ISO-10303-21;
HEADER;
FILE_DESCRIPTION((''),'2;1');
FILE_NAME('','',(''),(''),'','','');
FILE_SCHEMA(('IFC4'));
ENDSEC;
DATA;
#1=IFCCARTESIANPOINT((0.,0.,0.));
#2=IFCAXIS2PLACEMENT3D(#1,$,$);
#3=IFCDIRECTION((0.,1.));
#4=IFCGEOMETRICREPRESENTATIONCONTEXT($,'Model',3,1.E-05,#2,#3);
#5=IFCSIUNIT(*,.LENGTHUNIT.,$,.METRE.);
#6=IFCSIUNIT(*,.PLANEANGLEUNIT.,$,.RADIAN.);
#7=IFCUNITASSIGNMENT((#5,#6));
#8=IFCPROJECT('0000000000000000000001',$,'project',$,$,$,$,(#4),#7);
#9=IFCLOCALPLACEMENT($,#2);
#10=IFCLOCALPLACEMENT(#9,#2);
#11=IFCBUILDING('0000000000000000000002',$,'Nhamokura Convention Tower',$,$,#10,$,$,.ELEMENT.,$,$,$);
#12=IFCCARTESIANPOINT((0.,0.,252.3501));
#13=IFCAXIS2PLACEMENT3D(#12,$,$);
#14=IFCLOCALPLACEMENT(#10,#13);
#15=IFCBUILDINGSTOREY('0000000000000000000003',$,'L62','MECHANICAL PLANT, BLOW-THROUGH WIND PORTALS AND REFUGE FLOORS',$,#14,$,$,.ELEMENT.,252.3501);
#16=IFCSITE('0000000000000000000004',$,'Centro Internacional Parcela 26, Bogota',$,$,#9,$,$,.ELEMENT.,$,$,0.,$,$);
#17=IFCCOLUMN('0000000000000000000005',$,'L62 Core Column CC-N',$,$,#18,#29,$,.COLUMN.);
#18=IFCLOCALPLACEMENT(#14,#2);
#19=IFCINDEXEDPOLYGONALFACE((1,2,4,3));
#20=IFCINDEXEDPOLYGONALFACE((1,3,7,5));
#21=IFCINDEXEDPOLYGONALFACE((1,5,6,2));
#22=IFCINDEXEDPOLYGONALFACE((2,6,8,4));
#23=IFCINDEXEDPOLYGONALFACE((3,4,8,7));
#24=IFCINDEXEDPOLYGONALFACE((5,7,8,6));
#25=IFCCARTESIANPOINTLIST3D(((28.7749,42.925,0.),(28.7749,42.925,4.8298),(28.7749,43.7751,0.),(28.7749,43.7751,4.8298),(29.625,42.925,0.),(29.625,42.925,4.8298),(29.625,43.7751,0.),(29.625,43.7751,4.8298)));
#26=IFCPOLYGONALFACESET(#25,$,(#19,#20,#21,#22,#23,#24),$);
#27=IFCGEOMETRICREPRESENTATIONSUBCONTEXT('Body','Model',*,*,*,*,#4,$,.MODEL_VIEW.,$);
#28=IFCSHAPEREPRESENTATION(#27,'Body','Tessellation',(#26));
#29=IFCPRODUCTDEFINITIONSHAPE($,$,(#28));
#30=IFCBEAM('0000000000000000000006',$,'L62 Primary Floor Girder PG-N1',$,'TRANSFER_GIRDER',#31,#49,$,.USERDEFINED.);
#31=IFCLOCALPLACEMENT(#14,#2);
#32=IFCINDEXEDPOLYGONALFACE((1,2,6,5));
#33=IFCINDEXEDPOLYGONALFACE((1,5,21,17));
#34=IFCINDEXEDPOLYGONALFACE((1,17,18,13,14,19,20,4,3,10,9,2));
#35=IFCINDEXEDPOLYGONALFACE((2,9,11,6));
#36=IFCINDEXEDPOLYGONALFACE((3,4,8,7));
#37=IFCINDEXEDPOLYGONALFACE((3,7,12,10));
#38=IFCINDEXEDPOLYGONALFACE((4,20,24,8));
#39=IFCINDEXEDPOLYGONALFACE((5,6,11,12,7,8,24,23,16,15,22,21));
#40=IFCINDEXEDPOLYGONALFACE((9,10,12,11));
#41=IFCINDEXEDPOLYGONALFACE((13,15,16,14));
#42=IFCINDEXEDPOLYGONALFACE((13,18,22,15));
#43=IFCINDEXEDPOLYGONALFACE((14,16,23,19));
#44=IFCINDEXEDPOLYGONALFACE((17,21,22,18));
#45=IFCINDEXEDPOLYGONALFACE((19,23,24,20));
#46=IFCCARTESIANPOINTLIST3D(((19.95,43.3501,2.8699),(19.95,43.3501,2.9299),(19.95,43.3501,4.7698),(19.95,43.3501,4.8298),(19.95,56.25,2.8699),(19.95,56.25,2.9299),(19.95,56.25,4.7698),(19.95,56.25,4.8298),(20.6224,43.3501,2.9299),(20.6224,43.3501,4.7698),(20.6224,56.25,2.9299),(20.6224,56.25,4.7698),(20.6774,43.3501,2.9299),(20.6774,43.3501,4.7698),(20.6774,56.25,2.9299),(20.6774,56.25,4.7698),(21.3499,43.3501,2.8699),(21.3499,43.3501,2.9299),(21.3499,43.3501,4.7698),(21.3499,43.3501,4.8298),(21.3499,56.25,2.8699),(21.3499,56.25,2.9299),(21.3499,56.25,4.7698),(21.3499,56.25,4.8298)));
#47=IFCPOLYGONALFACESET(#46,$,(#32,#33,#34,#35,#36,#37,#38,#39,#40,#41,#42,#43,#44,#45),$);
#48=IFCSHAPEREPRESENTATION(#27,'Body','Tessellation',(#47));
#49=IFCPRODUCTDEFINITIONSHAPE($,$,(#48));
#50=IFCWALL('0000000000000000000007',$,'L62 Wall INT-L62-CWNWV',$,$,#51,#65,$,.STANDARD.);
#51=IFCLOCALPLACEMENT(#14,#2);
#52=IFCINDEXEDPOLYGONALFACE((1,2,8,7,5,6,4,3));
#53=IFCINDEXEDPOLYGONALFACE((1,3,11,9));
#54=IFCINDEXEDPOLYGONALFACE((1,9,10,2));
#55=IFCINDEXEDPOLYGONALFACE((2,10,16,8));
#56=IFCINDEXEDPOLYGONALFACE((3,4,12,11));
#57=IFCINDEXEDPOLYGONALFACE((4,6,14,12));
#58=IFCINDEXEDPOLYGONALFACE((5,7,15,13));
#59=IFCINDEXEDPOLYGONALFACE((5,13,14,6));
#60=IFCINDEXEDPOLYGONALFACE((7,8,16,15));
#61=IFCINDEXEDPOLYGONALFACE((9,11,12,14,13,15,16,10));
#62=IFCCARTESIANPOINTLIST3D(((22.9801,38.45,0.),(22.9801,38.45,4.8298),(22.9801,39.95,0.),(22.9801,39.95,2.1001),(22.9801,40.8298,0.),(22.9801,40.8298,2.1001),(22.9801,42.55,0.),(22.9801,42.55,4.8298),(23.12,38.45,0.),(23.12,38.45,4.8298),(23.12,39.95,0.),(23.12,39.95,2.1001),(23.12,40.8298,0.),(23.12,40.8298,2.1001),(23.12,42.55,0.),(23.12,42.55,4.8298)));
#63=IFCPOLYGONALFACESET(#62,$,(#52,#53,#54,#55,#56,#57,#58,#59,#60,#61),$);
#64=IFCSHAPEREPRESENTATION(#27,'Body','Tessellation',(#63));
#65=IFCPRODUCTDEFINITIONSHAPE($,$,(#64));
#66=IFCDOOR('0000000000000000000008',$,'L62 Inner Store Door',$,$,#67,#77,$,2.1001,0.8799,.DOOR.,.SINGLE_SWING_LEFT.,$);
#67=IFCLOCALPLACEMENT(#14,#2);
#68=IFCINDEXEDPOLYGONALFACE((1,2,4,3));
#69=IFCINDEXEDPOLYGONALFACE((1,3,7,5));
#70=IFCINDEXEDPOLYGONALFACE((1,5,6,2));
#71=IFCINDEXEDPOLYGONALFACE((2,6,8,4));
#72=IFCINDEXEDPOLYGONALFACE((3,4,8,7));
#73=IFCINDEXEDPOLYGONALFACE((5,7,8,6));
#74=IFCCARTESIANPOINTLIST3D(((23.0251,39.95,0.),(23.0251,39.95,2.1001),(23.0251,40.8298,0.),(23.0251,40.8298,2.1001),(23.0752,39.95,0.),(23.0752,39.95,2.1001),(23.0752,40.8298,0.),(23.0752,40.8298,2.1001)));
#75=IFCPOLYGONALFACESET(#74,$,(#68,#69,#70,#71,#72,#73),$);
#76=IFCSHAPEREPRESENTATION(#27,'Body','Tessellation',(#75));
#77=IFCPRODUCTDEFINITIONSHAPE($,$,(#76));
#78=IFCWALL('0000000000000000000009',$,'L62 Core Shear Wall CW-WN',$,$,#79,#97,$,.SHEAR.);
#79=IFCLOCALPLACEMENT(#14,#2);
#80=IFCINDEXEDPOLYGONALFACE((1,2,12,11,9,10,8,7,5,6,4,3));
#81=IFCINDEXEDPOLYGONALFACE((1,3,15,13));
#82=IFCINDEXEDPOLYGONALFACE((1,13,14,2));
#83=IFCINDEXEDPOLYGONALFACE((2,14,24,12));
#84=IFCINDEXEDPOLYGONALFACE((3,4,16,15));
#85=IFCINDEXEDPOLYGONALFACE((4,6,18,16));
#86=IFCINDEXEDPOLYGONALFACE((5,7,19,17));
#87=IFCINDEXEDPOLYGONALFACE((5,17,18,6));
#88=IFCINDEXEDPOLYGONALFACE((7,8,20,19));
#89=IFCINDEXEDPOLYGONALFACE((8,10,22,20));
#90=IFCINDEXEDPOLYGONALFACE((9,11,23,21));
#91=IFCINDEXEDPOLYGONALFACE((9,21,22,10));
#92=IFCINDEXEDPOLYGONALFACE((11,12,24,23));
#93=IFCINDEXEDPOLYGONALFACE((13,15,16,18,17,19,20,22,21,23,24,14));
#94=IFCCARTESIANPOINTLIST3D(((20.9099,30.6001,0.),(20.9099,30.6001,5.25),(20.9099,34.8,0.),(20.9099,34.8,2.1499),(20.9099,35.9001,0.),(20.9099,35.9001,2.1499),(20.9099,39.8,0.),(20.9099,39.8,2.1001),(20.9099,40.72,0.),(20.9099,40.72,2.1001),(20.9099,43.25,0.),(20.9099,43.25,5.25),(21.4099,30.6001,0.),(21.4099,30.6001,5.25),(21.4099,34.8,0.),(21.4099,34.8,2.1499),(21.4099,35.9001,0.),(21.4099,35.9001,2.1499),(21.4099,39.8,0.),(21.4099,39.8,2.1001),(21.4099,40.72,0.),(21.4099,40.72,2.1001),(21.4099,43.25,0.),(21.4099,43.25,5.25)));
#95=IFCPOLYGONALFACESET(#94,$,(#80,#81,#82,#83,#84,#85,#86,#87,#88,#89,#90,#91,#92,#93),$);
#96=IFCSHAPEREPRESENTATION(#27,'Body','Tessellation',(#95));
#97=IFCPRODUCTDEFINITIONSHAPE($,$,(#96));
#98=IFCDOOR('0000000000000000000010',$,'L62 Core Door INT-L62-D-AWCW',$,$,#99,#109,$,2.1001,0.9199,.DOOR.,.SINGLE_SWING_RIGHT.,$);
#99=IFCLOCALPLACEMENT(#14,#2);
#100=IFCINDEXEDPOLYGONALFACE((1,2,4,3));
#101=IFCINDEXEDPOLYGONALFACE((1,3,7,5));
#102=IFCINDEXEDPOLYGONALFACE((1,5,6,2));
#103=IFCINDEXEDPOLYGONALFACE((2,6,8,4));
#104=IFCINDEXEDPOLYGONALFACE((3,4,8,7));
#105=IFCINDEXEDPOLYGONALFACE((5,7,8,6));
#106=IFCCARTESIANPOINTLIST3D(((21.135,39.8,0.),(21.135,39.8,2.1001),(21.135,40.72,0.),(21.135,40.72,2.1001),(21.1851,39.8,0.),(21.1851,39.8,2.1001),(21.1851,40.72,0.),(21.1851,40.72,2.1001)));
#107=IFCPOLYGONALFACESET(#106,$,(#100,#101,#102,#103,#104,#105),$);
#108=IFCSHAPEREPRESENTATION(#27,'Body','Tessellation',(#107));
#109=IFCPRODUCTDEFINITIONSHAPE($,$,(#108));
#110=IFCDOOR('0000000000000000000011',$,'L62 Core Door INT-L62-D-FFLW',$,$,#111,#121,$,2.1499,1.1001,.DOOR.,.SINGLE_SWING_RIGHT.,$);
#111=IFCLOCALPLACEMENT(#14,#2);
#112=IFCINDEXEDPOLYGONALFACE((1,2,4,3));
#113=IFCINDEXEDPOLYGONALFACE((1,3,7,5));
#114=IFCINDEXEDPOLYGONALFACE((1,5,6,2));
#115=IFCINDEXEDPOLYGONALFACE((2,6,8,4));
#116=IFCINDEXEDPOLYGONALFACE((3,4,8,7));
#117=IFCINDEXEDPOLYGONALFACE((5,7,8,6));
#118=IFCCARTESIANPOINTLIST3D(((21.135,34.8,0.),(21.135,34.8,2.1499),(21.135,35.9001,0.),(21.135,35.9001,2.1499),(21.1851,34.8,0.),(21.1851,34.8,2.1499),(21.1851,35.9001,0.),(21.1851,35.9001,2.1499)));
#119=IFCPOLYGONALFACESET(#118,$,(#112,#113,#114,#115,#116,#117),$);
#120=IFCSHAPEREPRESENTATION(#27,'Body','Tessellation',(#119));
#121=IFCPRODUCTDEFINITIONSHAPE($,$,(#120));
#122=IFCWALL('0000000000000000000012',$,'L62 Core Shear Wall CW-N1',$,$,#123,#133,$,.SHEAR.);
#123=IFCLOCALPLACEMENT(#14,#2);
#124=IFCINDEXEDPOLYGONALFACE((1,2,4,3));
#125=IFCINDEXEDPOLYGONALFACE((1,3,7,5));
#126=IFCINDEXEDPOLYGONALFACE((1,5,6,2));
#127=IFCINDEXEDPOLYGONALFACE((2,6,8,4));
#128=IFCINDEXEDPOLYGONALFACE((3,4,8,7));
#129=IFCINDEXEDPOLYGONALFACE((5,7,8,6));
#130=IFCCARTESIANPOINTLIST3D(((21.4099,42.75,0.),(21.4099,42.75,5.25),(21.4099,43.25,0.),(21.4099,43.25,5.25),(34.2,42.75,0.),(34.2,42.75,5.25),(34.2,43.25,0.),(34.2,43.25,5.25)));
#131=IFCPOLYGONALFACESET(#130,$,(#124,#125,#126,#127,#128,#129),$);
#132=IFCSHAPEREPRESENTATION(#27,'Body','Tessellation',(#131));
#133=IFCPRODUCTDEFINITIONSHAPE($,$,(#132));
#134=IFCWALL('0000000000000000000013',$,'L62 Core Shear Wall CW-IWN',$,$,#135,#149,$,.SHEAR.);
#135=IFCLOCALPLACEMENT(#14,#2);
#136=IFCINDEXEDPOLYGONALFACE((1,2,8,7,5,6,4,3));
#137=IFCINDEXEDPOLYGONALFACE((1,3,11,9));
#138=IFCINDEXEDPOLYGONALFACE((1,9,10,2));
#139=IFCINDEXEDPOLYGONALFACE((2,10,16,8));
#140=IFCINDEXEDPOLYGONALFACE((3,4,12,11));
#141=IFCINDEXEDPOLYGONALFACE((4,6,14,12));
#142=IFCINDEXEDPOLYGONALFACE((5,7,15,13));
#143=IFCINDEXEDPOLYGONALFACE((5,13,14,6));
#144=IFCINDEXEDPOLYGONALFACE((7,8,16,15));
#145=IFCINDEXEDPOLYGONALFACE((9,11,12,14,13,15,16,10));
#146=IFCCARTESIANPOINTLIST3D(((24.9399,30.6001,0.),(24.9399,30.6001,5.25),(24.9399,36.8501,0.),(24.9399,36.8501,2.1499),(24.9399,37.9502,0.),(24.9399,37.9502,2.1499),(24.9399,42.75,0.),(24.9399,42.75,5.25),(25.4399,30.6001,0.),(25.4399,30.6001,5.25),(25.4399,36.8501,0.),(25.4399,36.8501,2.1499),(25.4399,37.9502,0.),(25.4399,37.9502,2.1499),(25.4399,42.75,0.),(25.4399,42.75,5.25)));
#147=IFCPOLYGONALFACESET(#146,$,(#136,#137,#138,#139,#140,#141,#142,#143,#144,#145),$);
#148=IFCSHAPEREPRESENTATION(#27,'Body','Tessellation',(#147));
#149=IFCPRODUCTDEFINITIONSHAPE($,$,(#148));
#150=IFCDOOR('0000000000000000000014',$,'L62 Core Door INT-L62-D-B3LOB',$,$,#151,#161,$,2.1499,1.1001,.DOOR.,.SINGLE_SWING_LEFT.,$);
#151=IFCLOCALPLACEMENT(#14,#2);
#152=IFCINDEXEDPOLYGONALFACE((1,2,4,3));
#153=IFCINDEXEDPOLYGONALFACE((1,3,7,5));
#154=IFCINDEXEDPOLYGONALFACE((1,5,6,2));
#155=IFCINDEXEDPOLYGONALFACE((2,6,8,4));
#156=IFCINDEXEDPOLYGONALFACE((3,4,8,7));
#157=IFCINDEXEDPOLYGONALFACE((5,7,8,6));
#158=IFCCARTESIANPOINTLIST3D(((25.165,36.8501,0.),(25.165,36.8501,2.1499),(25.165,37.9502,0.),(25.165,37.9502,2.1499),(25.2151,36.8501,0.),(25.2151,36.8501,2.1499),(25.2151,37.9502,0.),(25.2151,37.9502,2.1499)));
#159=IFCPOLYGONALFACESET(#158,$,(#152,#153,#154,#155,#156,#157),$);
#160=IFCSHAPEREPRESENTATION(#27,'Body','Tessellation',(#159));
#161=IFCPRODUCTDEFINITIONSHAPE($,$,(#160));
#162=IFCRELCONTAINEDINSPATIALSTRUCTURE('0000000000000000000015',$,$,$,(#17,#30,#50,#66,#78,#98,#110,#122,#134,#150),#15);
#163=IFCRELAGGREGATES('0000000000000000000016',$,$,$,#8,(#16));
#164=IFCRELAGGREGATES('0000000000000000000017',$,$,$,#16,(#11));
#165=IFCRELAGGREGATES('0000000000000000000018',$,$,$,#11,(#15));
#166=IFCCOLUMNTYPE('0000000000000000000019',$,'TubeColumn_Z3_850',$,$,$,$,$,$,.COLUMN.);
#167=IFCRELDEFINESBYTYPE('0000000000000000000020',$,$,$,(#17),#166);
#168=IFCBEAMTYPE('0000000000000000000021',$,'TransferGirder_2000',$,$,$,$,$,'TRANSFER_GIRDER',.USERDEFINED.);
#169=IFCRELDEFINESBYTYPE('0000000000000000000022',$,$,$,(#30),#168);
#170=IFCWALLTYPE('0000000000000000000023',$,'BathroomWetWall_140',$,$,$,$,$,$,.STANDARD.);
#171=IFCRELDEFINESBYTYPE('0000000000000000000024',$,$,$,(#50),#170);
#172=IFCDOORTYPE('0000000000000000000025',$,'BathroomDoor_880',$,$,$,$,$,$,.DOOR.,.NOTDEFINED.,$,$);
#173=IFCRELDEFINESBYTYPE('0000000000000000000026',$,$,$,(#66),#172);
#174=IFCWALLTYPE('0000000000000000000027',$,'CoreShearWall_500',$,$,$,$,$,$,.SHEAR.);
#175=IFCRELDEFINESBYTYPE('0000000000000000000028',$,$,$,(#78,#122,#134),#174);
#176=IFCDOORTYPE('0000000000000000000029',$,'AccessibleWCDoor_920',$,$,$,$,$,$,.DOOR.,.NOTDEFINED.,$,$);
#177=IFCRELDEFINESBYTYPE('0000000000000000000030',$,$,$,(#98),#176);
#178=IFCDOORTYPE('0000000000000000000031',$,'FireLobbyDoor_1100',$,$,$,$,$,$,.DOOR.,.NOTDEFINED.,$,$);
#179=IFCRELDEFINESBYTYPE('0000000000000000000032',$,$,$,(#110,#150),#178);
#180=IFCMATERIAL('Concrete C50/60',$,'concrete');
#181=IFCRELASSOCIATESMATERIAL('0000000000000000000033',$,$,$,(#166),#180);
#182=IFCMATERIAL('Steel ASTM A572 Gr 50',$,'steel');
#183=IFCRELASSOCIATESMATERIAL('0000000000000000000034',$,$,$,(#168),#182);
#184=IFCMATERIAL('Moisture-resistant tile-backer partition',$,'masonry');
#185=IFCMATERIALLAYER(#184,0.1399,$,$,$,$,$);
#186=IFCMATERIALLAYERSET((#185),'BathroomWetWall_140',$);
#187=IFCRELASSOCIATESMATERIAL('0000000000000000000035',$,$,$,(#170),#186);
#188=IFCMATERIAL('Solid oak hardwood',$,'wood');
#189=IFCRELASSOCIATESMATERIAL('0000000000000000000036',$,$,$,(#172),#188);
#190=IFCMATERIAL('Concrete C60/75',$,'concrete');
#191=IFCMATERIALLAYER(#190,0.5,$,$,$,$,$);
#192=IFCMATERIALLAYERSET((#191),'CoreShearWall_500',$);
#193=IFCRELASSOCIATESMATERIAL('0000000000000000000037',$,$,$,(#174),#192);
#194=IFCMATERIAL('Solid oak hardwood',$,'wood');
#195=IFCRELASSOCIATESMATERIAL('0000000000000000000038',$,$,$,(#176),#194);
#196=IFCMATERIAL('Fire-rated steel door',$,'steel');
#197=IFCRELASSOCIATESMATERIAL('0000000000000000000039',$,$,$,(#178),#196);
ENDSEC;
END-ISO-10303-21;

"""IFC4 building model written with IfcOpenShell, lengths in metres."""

from ifc_helpers import new_model, si_unit, direction, frame, frame_2d, origin, origin_2d, place, context, subcontext, project, spatial, rectangle, i_section, extrude, material, layer, layer_set, material_profile, profile_set, type_object, element, fill, save


model = new_model("IFC4")

# Units and contexts
model_context = context("Model", 3, precision=1e-05, world=origin(), true_north=direction((0.0, 1.0)))
body_context = subcontext(model_context, "Body", "Model", "MODEL_VIEW")
ifc_project = project(units=[si_unit("LENGTHUNIT", "METRE"), si_unit("PLANEANGLEUNIT", "RADIAN")], contexts=[model_context])

# Site, building, storey
site_placement = place(None, origin())
site = spatial("IfcSite", under=ifc_project, at=site_placement, Name="Centro Internacional Parcela 26, Bogota", CompositionType="ELEMENT", RefElevation=0.0)
building_placement = place(site_placement, origin())
building = spatial("IfcBuilding", under=site, at=building_placement, Name="Nhamokura Convention Tower", CompositionType="ELEMENT")
storey_placement = place(building_placement, frame((0.0, 0.0, 252.3501)))
storey = spatial("IfcBuildingStorey", under=building, at=storey_placement, Name="L62", Description="MECHANICAL PLANT, BLOW-THROUGH WIND PORTALS AND REFUGE FLOORS", CompositionType="ELEMENT", Elevation=252.3501)

# Column
ifc_material_1 = material(Name="Concrete C50/60", Category="concrete")
ifc_material_profile_1 = material_profile(ifc_material_1, rectangle(XDim=0.8501, YDim=0.8501, at=origin_2d()))
ifc_profile_set_1 = profile_set([ifc_material_profile_1], Name="Concrete C50/60")
column_type = type_object("IfcColumnType", Name="TubeColumn_Z3_850", PredefinedType="COLUMN", material=ifc_profile_set_1)
column_placement = place(storey_placement, frame((29.2, 43.3501, 0.0), z_axis=(0.0, 0.0, 1.0), x_axis=(1.0, 0.0, 0.0)))
element("IfcColumn", 1, at=column_placement, inside=storey, type_object=column_type, Name="L62 Core Column CC-N", PredefinedType="COLUMN", context=body_context, shape_type="SweptSolid", body=[
    extrude(rectangle(XDim=0.8501, YDim=0.8501, at=origin_2d()), origin(), (0.0, 0.0, 1.0), 4.8298),
])

# Beam
ifc_material_2 = material(Name="Steel ASTM A572 Gr 50", Category="steel")
ifc_material_profile_2 = material_profile(ifc_material_2, i_section(OverallWidth=1.3999, OverallDepth=1.96, WebThickness=0.0549, FlangeThickness=0.0601, at=origin_2d()))
ifc_profile_set_2 = profile_set([ifc_material_profile_2], Name="Steel ASTM A572 Gr 50")
beam_type = type_object("IfcBeamType", Name="TransferGirder_2000", ElementType="TRANSFER_GIRDER", PredefinedType="USERDEFINED", material=ifc_profile_set_2)
beam_placement = place(storey_placement, frame((20.6499, 43.3501, 3.8499), z_axis=(0.0, 1.0, 0.0), x_axis=(-1.0, 0.0, 0.0)))
element("IfcBeam", 2, at=beam_placement, inside=storey, type_object=beam_type, Name="L62 Primary Floor Girder PG-N1", ObjectType="TRANSFER_GIRDER", PredefinedType="USERDEFINED", context=body_context, shape_type="SweptSolid", body=[
    extrude(i_section(OverallWidth=1.3999, OverallDepth=1.96, WebThickness=0.0549, FlangeThickness=0.0601, at=origin_2d()), origin(), (0.0, 0.0, 1.0), 12.8999),
])

# Wall, opening, door
ifc_material_3 = material(Name="Moisture-resistant tile-backer partition", Category="masonry")
ifc_layer_1 = layer(ifc_material_3, 0.1399)
ifc_layer_set_1 = layer_set([ifc_layer_1], Name="BathroomWetWall_140")
wall_type_1 = type_object("IfcWallType", Name="BathroomWetWall_140", PredefinedType="STANDARD", material=ifc_layer_set_1)
wall_1_placement = place(storey_placement, frame((23.05, 38.45, 0.0), z_axis=(0.0, 0.0, 1.0), x_axis=(0.0, 1.0, 0.0)))
wall_1 = element("IfcWall", 3, at=wall_1_placement, inside=storey, type_object=wall_type_1, Name="L62 Wall INT-L62-CWNWV", PredefinedType="STANDARD", context=body_context, shape_type="SweptSolid", body=[
    extrude(rectangle(XDim=4.1001, YDim=0.1399, at=frame_2d((2.05, 0.0))), origin(), (0.0, 0.0, 1.0), 4.8298),
])
opening_1_placement = place(wall_1_placement, frame((1.5, 0.0, 0.0)))
opening_1 = element("IfcOpeningElement", 4, at=opening_1_placement, cuts=wall_1, PredefinedType="OPENING", context=body_context, shape_type="SweptSolid", body=[
    extrude(rectangle(XDim=0.8799, YDim=2.1001, at=frame_2d((0.4399, 1.05))), frame((0.0, 0.0798, 0.0), z_axis=(0.0, -1.0, 0.0), x_axis=(1.0, 0.0, 0.0)), (0.0, 0.0, 1.0), 0.1599),
])
ifc_material_4 = material(Name="Solid oak hardwood", Category="wood")
door_type_1 = type_object("IfcDoorType", Name="BathroomDoor_880", OperationType="NOTDEFINED", PredefinedType="DOOR", material=ifc_material_4)
door_1_placement = place(opening_1_placement, origin())
door_1 = element("IfcDoor", 5, at=door_1_placement, inside=storey, type_object=door_type_1, Name="L62 Inner Store Door", OperationType="SINGLE_SWING_LEFT", OverallHeight=2.1001, OverallWidth=0.8799, PredefinedType="DOOR", context=body_context, shape_type="SweptSolid", body=[
    extrude(rectangle(XDim=0.8799, YDim=2.1001, at=frame_2d((0.4399, 1.05))), frame((0.0, 0.0249, 0.0), z_axis=(0.0, -1.0, 0.0), x_axis=(1.0, 0.0, 0.0)), (0.0, 0.0, 1.0), 0.05),
])
fill(opening_1, door_1)

# Wall, openings, doors
ifc_material_5 = material(Name="Concrete C60/75", Category="concrete")
ifc_layer_2 = layer(ifc_material_5, 0.5)
ifc_layer_set_2 = layer_set([ifc_layer_2], Name="CoreShearWall_500")
wall_type_2 = type_object("IfcWallType", Name="CoreShearWall_500", PredefinedType="SHEAR", material=ifc_layer_set_2)
wall_2_placement = place(storey_placement, frame((21.1599, 30.6001, 0.0), z_axis=(0.0, 0.0, 1.0), x_axis=(0.0, 1.0, 0.0)))
wall_2 = element("IfcWall", 6, at=wall_2_placement, inside=storey, type_object=wall_type_2, Name="L62 Core Shear Wall CW-WN", PredefinedType="SHEAR", context=body_context, shape_type="SweptSolid", body=[
    extrude(rectangle(XDim=12.6499, YDim=0.5, at=frame_2d((6.325, 0.0))), origin(), (0.0, 0.0, 1.0), 5.25),
])
opening_2_placement = place(wall_2_placement, frame((4.2, 0.0, 0.0)))
opening_2 = element("IfcOpeningElement", 7, at=opening_2_placement, cuts=wall_2, PredefinedType="OPENING", context=body_context, shape_type="SweptSolid", body=[
    extrude(rectangle(XDim=1.1001, YDim=2.1499, at=frame_2d((0.55, 1.075))), frame((0.0, 0.26, 0.0), z_axis=(0.0, -1.0, 0.0), x_axis=(1.0, 0.0, 0.0)), (0.0, 0.0, 1.0), 0.52),
])
opening_3_placement = place(wall_2_placement, frame((9.2, 0.0, 0.0)))
opening_3 = element("IfcOpeningElement", 8, at=opening_3_placement, cuts=wall_2, PredefinedType="OPENING", context=body_context, shape_type="SweptSolid", body=[
    extrude(rectangle(XDim=0.9199, YDim=2.1001, at=frame_2d((0.46, 1.05))), frame((0.0, 0.26, 0.0), z_axis=(0.0, -1.0, 0.0), x_axis=(1.0, 0.0, 0.0)), (0.0, 0.0, 1.0), 0.52),
])
ifc_material_6 = material(Name="Solid oak hardwood", Category="wood")
door_type_2 = type_object("IfcDoorType", Name="AccessibleWCDoor_920", OperationType="NOTDEFINED", PredefinedType="DOOR", material=ifc_material_6)
door_2_placement = place(opening_3_placement, origin())
door_2 = element("IfcDoor", 9, at=door_2_placement, inside=storey, type_object=door_type_2, Name="L62 Core Door INT-L62-D-AWCW", OperationType="SINGLE_SWING_RIGHT", OverallHeight=2.1001, OverallWidth=0.9199, PredefinedType="DOOR", context=body_context, shape_type="SweptSolid", body=[
    extrude(rectangle(XDim=0.9199, YDim=2.1001, at=frame_2d((0.46, 1.05))), frame((0.0, 0.0249, 0.0), z_axis=(0.0, -1.0, 0.0), x_axis=(1.0, 0.0, 0.0)), (0.0, 0.0, 1.0), 0.05),
])
fill(opening_3, door_2)
ifc_material_7 = material(Name="Fire-rated steel door", Category="steel")
door_type_3 = type_object("IfcDoorType", Name="FireLobbyDoor_1100", OperationType="NOTDEFINED", PredefinedType="DOOR", material=ifc_material_7)
door_3_placement = place(opening_2_placement, origin())
door_3 = element("IfcDoor", 10, at=door_3_placement, inside=storey, type_object=door_type_3, Name="L62 Core Door INT-L62-D-FFLW", OperationType="SINGLE_SWING_RIGHT", OverallHeight=2.1499, OverallWidth=1.1001, PredefinedType="DOOR", context=body_context, shape_type="SweptSolid", body=[
    extrude(rectangle(XDim=1.1001, YDim=2.1499, at=frame_2d((0.55, 1.075))), frame((0.0, 0.0249, 0.0), z_axis=(0.0, -1.0, 0.0), x_axis=(1.0, 0.0, 0.0)), (0.0, 0.0, 1.0), 0.05),
])
fill(opening_2, door_3)

# Wall
wall_3_placement = place(storey_placement, frame((21.4099, 43.0, 0.0), z_axis=(0.0, 0.0, 1.0), x_axis=(1.0, 0.0, 0.0)))
element("IfcWall", 11, at=wall_3_placement, inside=storey, type_object=wall_type_2, Name="L62 Core Shear Wall CW-N1", PredefinedType="SHEAR", context=body_context, shape_type="SweptSolid", body=[
    extrude(rectangle(XDim=12.79, YDim=0.5, at=frame_2d((6.395, 0.0))), origin(), (0.0, 0.0, 1.0), 5.25),
])

# Wall, opening, door
wall_4_placement = place(storey_placement, frame((25.1899, 30.6001, 0.0), z_axis=(0.0, 0.0, 1.0), x_axis=(0.0, 1.0, 0.0)))
wall_4 = element("IfcWall", 12, at=wall_4_placement, inside=storey, type_object=wall_type_2, Name="L62 Core Shear Wall CW-IWN", PredefinedType="SHEAR", context=body_context, shape_type="SweptSolid", body=[
    extrude(rectangle(XDim=12.1499, YDim=0.5, at=frame_2d((6.075, 0.0))), origin(), (0.0, 0.0, 1.0), 5.25),
])
opening_4_placement = place(wall_4_placement, frame((6.25, 0.0, 0.0)))
opening_4 = element("IfcOpeningElement", 13, at=opening_4_placement, cuts=wall_4, PredefinedType="OPENING", context=body_context, shape_type="SweptSolid", body=[
    extrude(rectangle(XDim=1.1001, YDim=2.1499, at=frame_2d((0.55, 1.075))), frame((0.0, 0.26, 0.0), z_axis=(0.0, -1.0, 0.0), x_axis=(1.0, 0.0, 0.0)), (0.0, 0.0, 1.0), 0.52),
])
door_4_placement = place(opening_4_placement, origin())
door_4 = element("IfcDoor", 14, at=door_4_placement, inside=storey, type_object=door_type_3, Name="L62 Core Door INT-L62-D-B3LOB", OperationType="SINGLE_SWING_LEFT", OverallHeight=2.1499, OverallWidth=1.1001, PredefinedType="DOOR", context=body_context, shape_type="SweptSolid", body=[
    extrude(rectangle(XDim=1.1001, YDim=2.1499, at=frame_2d((0.55, 1.075))), frame((0.0, 0.0249, 0.0), z_axis=(0.0, -1.0, 0.0), x_axis=(1.0, 0.0, 0.0)), (0.0, 0.0, 1.0), 0.05),
])
fill(opening_4, door_4)

save(model, "model.ifc")
